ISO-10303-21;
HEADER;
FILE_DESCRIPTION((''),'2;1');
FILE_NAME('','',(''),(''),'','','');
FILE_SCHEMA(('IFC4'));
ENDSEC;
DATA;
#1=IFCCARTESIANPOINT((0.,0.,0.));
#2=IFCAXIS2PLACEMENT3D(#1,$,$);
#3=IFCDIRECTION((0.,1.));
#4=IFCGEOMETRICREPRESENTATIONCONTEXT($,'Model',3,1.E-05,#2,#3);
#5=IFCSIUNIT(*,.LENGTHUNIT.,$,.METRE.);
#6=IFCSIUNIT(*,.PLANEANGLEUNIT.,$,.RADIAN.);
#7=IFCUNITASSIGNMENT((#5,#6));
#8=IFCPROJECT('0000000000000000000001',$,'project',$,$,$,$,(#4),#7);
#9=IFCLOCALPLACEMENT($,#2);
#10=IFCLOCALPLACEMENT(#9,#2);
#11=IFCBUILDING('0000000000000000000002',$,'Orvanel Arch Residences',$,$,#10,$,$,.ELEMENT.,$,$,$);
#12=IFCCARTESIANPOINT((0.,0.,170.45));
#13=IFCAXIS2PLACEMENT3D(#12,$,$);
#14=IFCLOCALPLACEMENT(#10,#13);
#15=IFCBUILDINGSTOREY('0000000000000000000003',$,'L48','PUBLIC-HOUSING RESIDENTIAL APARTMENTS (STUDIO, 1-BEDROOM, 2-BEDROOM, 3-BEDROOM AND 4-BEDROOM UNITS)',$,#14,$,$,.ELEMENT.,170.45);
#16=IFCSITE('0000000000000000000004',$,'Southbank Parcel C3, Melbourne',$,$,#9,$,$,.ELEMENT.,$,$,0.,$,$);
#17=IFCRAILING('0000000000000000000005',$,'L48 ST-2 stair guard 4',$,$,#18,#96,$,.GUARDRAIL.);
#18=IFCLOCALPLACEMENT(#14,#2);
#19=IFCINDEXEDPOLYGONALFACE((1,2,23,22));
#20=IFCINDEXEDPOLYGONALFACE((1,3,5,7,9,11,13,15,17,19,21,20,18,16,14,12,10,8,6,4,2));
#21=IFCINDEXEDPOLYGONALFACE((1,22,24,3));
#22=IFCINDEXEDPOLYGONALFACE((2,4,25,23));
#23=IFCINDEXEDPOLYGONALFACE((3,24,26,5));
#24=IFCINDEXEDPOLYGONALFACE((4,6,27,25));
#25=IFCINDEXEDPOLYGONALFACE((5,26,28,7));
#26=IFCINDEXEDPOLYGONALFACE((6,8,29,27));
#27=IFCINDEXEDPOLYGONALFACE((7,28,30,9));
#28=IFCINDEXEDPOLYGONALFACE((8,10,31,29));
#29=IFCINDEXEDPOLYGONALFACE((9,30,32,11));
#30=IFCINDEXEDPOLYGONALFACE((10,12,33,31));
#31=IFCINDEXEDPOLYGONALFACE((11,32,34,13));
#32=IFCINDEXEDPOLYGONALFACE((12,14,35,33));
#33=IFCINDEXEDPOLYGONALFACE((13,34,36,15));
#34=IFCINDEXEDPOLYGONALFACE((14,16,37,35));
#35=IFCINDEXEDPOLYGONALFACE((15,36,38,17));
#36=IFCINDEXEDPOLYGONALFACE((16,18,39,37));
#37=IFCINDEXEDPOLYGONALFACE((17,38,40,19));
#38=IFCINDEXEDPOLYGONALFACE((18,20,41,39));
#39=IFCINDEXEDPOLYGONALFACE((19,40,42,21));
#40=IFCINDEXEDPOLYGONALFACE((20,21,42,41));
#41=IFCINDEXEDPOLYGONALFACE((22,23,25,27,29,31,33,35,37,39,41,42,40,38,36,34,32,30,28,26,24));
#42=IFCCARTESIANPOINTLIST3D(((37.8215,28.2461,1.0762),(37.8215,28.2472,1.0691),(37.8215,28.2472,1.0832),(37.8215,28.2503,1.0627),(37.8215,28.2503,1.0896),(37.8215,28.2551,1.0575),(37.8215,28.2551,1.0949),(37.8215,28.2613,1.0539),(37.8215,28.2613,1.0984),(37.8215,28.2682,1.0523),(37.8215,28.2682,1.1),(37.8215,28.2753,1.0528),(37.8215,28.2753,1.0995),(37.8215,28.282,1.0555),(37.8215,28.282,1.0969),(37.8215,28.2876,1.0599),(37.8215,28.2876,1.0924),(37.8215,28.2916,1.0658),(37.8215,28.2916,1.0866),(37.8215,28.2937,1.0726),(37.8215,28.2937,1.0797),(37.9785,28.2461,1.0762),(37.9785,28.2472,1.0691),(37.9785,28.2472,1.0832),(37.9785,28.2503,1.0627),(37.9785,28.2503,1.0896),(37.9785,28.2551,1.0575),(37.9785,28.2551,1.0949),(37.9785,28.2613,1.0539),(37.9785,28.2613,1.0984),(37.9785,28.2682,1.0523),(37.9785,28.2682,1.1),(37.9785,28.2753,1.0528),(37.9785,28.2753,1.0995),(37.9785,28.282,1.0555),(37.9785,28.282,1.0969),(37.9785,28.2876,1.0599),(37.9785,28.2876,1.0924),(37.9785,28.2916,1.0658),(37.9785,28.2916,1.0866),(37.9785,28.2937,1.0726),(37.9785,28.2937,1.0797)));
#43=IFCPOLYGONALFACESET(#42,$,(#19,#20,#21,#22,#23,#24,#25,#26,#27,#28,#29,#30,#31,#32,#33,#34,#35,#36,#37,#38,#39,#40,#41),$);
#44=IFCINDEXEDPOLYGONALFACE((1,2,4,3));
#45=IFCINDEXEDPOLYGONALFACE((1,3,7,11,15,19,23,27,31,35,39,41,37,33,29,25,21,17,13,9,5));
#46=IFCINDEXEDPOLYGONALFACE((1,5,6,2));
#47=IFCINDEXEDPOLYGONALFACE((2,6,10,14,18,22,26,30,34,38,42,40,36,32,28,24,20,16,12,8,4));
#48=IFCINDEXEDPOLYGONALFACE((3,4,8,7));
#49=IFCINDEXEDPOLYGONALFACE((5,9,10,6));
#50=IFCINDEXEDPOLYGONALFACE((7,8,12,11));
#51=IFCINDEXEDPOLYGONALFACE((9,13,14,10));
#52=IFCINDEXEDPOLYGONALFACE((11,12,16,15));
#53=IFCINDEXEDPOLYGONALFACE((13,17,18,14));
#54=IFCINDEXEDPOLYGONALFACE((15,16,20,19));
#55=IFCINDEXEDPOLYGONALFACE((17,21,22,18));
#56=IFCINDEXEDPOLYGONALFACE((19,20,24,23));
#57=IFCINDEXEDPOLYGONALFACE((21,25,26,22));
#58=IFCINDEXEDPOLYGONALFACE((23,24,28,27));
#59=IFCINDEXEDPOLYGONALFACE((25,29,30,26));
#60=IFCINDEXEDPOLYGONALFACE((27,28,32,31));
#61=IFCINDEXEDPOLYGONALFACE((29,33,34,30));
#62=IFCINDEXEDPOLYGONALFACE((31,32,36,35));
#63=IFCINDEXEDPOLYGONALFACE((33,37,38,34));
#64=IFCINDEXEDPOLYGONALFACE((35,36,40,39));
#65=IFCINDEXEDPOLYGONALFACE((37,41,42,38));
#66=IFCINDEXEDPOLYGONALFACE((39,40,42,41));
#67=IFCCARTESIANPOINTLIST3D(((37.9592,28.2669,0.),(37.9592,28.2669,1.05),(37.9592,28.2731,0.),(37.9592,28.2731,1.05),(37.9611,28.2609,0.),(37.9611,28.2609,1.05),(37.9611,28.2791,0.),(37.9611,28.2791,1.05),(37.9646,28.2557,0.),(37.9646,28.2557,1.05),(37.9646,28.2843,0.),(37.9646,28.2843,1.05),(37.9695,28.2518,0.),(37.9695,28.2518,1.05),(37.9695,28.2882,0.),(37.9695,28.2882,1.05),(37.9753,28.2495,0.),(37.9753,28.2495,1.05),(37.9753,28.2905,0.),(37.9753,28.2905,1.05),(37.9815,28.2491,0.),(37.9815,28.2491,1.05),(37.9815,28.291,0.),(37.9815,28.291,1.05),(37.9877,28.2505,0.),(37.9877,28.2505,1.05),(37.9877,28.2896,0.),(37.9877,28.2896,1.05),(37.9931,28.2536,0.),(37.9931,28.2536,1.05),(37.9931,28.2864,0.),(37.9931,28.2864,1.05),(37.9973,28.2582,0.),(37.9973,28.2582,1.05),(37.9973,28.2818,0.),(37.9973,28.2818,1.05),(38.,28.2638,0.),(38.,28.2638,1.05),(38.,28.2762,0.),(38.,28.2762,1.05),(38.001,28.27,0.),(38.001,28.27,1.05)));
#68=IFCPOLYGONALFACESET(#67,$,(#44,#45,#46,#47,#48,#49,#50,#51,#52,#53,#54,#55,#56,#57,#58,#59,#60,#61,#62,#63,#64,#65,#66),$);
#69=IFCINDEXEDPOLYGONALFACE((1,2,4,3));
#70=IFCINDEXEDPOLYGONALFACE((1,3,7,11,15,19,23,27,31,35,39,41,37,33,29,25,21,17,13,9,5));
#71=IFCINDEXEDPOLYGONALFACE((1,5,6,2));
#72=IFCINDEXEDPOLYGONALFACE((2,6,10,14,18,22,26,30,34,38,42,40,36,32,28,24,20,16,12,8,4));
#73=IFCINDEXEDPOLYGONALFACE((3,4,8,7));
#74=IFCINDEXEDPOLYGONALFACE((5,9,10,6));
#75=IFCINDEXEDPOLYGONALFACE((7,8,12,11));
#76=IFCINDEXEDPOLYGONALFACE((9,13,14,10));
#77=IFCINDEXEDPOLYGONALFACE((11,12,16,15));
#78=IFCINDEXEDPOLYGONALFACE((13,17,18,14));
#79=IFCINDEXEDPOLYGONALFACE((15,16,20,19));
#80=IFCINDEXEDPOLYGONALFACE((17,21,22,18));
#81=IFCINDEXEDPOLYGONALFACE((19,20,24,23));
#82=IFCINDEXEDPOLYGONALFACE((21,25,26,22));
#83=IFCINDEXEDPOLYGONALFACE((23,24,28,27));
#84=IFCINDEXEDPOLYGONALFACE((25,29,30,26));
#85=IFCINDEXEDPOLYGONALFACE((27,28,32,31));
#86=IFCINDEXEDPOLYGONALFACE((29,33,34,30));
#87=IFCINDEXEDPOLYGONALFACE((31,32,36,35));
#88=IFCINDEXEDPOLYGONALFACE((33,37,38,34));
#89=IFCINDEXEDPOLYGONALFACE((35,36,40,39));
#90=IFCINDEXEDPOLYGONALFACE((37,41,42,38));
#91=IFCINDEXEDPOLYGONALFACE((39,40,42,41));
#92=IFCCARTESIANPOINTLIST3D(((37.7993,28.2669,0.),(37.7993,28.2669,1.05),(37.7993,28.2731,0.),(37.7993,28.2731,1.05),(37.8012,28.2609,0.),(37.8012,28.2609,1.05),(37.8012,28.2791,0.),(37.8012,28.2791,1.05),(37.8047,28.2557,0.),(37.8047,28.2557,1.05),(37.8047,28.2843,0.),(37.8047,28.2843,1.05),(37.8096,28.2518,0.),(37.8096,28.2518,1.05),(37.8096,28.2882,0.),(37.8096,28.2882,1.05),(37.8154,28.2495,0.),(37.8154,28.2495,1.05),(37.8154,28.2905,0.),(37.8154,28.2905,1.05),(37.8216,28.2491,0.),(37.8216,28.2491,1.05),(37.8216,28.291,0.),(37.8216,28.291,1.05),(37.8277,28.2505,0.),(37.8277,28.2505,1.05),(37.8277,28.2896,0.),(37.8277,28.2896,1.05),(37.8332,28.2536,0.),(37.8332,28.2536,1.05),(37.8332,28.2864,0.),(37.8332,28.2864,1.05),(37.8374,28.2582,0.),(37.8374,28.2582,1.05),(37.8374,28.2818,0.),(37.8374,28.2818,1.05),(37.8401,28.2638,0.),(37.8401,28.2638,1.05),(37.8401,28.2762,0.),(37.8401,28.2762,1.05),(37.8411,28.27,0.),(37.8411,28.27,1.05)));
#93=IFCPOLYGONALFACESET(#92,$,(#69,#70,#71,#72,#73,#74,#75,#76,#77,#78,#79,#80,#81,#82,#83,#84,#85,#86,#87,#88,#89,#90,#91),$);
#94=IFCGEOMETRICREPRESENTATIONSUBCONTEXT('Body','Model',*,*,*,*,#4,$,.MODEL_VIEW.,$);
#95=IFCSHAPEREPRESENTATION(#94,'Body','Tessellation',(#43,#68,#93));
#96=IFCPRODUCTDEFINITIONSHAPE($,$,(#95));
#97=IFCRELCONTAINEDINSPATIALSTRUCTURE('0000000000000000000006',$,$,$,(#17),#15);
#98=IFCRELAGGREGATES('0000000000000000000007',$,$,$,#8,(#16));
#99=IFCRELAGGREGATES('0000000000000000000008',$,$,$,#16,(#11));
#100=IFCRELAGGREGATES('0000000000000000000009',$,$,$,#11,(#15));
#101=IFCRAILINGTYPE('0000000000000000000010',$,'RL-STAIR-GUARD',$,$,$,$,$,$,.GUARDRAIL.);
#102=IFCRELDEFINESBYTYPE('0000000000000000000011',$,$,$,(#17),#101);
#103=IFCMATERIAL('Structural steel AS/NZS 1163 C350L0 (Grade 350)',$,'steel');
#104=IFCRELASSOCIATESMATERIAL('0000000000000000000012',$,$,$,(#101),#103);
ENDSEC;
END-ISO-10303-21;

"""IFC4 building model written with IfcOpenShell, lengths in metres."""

from ifc_helpers import new_model, si_unit, direction, frame, origin, origin_2d, place, context, subcontext, project, spatial, circle, extrude, material, type_object, element, save


model = new_model("IFC4")

# Units and contexts
model_context = context("Model", 3, precision=1e-05, world=origin(), true_north=direction((0.0, 1.0)))
body_context = subcontext(model_context, "Body", "Model", "MODEL_VIEW")
ifc_project = project(units=[si_unit("LENGTHUNIT", "METRE"), si_unit("PLANEANGLEUNIT", "RADIAN")], contexts=[model_context])

# Site, building, storey
site_placement = place(None, origin())
site = spatial("IfcSite", under=ifc_project, at=site_placement, Name="Southbank Parcel C3, Melbourne", CompositionType="ELEMENT", RefElevation=0.0)
building_placement = place(site_placement, origin())
building = spatial("IfcBuilding", under=site, at=building_placement, Name="Orvanel Arch Residences", CompositionType="ELEMENT")
storey_placement = place(building_placement, frame((0.0, 0.0, 170.45)))
storey = spatial("IfcBuildingStorey", under=building, at=storey_placement, Name="L48", Description="PUBLIC-HOUSING RESIDENTIAL APARTMENTS (STUDIO, 1-BEDROOM, 2-BEDROOM, 3-BEDROOM AND 4-BEDROOM UNITS)", CompositionType="ELEMENT", Elevation=170.45)

# Railing
ifc_material_1 = material(Name="Structural steel AS/NZS 1163 C350L0 (Grade 350)", Category="steel")
railing_type_1 = type_object("IfcRailingType", Name="RL-STAIR-GUARD", PredefinedType="GUARDRAIL", material=ifc_material_1)
railing_1_placement = place(storey_placement, frame((37.98, 28.27, 0.0)))
element("IfcRailing", 1, at=railing_1_placement, inside=storey, type_object=railing_type_1, Name="L48 ST-2 stair guard 4", PredefinedType="GUARDRAIL", context=body_context, shape_type="SweptSolid", body=[
    extrude(circle(Radius=0.0239, at=origin_2d()), frame((-0.0015, 0.0, 1.0762), z_axis=(-1.0, 0.0, 0.0), x_axis=(0.0, -1.0, 0.0)), (0.0, 0.0, 1.0), 0.157),
    extrude(circle(Radius=0.021, at=origin_2d()), origin(), (0.0, 0.0, 1.0), 1.05),
    extrude(circle(Radius=0.021, at=origin_2d()), frame((-0.1599, 0.0, 0.0)), (0.0, 0.0, 1.0), 1.05),
])

save(model, "model.ifc")
